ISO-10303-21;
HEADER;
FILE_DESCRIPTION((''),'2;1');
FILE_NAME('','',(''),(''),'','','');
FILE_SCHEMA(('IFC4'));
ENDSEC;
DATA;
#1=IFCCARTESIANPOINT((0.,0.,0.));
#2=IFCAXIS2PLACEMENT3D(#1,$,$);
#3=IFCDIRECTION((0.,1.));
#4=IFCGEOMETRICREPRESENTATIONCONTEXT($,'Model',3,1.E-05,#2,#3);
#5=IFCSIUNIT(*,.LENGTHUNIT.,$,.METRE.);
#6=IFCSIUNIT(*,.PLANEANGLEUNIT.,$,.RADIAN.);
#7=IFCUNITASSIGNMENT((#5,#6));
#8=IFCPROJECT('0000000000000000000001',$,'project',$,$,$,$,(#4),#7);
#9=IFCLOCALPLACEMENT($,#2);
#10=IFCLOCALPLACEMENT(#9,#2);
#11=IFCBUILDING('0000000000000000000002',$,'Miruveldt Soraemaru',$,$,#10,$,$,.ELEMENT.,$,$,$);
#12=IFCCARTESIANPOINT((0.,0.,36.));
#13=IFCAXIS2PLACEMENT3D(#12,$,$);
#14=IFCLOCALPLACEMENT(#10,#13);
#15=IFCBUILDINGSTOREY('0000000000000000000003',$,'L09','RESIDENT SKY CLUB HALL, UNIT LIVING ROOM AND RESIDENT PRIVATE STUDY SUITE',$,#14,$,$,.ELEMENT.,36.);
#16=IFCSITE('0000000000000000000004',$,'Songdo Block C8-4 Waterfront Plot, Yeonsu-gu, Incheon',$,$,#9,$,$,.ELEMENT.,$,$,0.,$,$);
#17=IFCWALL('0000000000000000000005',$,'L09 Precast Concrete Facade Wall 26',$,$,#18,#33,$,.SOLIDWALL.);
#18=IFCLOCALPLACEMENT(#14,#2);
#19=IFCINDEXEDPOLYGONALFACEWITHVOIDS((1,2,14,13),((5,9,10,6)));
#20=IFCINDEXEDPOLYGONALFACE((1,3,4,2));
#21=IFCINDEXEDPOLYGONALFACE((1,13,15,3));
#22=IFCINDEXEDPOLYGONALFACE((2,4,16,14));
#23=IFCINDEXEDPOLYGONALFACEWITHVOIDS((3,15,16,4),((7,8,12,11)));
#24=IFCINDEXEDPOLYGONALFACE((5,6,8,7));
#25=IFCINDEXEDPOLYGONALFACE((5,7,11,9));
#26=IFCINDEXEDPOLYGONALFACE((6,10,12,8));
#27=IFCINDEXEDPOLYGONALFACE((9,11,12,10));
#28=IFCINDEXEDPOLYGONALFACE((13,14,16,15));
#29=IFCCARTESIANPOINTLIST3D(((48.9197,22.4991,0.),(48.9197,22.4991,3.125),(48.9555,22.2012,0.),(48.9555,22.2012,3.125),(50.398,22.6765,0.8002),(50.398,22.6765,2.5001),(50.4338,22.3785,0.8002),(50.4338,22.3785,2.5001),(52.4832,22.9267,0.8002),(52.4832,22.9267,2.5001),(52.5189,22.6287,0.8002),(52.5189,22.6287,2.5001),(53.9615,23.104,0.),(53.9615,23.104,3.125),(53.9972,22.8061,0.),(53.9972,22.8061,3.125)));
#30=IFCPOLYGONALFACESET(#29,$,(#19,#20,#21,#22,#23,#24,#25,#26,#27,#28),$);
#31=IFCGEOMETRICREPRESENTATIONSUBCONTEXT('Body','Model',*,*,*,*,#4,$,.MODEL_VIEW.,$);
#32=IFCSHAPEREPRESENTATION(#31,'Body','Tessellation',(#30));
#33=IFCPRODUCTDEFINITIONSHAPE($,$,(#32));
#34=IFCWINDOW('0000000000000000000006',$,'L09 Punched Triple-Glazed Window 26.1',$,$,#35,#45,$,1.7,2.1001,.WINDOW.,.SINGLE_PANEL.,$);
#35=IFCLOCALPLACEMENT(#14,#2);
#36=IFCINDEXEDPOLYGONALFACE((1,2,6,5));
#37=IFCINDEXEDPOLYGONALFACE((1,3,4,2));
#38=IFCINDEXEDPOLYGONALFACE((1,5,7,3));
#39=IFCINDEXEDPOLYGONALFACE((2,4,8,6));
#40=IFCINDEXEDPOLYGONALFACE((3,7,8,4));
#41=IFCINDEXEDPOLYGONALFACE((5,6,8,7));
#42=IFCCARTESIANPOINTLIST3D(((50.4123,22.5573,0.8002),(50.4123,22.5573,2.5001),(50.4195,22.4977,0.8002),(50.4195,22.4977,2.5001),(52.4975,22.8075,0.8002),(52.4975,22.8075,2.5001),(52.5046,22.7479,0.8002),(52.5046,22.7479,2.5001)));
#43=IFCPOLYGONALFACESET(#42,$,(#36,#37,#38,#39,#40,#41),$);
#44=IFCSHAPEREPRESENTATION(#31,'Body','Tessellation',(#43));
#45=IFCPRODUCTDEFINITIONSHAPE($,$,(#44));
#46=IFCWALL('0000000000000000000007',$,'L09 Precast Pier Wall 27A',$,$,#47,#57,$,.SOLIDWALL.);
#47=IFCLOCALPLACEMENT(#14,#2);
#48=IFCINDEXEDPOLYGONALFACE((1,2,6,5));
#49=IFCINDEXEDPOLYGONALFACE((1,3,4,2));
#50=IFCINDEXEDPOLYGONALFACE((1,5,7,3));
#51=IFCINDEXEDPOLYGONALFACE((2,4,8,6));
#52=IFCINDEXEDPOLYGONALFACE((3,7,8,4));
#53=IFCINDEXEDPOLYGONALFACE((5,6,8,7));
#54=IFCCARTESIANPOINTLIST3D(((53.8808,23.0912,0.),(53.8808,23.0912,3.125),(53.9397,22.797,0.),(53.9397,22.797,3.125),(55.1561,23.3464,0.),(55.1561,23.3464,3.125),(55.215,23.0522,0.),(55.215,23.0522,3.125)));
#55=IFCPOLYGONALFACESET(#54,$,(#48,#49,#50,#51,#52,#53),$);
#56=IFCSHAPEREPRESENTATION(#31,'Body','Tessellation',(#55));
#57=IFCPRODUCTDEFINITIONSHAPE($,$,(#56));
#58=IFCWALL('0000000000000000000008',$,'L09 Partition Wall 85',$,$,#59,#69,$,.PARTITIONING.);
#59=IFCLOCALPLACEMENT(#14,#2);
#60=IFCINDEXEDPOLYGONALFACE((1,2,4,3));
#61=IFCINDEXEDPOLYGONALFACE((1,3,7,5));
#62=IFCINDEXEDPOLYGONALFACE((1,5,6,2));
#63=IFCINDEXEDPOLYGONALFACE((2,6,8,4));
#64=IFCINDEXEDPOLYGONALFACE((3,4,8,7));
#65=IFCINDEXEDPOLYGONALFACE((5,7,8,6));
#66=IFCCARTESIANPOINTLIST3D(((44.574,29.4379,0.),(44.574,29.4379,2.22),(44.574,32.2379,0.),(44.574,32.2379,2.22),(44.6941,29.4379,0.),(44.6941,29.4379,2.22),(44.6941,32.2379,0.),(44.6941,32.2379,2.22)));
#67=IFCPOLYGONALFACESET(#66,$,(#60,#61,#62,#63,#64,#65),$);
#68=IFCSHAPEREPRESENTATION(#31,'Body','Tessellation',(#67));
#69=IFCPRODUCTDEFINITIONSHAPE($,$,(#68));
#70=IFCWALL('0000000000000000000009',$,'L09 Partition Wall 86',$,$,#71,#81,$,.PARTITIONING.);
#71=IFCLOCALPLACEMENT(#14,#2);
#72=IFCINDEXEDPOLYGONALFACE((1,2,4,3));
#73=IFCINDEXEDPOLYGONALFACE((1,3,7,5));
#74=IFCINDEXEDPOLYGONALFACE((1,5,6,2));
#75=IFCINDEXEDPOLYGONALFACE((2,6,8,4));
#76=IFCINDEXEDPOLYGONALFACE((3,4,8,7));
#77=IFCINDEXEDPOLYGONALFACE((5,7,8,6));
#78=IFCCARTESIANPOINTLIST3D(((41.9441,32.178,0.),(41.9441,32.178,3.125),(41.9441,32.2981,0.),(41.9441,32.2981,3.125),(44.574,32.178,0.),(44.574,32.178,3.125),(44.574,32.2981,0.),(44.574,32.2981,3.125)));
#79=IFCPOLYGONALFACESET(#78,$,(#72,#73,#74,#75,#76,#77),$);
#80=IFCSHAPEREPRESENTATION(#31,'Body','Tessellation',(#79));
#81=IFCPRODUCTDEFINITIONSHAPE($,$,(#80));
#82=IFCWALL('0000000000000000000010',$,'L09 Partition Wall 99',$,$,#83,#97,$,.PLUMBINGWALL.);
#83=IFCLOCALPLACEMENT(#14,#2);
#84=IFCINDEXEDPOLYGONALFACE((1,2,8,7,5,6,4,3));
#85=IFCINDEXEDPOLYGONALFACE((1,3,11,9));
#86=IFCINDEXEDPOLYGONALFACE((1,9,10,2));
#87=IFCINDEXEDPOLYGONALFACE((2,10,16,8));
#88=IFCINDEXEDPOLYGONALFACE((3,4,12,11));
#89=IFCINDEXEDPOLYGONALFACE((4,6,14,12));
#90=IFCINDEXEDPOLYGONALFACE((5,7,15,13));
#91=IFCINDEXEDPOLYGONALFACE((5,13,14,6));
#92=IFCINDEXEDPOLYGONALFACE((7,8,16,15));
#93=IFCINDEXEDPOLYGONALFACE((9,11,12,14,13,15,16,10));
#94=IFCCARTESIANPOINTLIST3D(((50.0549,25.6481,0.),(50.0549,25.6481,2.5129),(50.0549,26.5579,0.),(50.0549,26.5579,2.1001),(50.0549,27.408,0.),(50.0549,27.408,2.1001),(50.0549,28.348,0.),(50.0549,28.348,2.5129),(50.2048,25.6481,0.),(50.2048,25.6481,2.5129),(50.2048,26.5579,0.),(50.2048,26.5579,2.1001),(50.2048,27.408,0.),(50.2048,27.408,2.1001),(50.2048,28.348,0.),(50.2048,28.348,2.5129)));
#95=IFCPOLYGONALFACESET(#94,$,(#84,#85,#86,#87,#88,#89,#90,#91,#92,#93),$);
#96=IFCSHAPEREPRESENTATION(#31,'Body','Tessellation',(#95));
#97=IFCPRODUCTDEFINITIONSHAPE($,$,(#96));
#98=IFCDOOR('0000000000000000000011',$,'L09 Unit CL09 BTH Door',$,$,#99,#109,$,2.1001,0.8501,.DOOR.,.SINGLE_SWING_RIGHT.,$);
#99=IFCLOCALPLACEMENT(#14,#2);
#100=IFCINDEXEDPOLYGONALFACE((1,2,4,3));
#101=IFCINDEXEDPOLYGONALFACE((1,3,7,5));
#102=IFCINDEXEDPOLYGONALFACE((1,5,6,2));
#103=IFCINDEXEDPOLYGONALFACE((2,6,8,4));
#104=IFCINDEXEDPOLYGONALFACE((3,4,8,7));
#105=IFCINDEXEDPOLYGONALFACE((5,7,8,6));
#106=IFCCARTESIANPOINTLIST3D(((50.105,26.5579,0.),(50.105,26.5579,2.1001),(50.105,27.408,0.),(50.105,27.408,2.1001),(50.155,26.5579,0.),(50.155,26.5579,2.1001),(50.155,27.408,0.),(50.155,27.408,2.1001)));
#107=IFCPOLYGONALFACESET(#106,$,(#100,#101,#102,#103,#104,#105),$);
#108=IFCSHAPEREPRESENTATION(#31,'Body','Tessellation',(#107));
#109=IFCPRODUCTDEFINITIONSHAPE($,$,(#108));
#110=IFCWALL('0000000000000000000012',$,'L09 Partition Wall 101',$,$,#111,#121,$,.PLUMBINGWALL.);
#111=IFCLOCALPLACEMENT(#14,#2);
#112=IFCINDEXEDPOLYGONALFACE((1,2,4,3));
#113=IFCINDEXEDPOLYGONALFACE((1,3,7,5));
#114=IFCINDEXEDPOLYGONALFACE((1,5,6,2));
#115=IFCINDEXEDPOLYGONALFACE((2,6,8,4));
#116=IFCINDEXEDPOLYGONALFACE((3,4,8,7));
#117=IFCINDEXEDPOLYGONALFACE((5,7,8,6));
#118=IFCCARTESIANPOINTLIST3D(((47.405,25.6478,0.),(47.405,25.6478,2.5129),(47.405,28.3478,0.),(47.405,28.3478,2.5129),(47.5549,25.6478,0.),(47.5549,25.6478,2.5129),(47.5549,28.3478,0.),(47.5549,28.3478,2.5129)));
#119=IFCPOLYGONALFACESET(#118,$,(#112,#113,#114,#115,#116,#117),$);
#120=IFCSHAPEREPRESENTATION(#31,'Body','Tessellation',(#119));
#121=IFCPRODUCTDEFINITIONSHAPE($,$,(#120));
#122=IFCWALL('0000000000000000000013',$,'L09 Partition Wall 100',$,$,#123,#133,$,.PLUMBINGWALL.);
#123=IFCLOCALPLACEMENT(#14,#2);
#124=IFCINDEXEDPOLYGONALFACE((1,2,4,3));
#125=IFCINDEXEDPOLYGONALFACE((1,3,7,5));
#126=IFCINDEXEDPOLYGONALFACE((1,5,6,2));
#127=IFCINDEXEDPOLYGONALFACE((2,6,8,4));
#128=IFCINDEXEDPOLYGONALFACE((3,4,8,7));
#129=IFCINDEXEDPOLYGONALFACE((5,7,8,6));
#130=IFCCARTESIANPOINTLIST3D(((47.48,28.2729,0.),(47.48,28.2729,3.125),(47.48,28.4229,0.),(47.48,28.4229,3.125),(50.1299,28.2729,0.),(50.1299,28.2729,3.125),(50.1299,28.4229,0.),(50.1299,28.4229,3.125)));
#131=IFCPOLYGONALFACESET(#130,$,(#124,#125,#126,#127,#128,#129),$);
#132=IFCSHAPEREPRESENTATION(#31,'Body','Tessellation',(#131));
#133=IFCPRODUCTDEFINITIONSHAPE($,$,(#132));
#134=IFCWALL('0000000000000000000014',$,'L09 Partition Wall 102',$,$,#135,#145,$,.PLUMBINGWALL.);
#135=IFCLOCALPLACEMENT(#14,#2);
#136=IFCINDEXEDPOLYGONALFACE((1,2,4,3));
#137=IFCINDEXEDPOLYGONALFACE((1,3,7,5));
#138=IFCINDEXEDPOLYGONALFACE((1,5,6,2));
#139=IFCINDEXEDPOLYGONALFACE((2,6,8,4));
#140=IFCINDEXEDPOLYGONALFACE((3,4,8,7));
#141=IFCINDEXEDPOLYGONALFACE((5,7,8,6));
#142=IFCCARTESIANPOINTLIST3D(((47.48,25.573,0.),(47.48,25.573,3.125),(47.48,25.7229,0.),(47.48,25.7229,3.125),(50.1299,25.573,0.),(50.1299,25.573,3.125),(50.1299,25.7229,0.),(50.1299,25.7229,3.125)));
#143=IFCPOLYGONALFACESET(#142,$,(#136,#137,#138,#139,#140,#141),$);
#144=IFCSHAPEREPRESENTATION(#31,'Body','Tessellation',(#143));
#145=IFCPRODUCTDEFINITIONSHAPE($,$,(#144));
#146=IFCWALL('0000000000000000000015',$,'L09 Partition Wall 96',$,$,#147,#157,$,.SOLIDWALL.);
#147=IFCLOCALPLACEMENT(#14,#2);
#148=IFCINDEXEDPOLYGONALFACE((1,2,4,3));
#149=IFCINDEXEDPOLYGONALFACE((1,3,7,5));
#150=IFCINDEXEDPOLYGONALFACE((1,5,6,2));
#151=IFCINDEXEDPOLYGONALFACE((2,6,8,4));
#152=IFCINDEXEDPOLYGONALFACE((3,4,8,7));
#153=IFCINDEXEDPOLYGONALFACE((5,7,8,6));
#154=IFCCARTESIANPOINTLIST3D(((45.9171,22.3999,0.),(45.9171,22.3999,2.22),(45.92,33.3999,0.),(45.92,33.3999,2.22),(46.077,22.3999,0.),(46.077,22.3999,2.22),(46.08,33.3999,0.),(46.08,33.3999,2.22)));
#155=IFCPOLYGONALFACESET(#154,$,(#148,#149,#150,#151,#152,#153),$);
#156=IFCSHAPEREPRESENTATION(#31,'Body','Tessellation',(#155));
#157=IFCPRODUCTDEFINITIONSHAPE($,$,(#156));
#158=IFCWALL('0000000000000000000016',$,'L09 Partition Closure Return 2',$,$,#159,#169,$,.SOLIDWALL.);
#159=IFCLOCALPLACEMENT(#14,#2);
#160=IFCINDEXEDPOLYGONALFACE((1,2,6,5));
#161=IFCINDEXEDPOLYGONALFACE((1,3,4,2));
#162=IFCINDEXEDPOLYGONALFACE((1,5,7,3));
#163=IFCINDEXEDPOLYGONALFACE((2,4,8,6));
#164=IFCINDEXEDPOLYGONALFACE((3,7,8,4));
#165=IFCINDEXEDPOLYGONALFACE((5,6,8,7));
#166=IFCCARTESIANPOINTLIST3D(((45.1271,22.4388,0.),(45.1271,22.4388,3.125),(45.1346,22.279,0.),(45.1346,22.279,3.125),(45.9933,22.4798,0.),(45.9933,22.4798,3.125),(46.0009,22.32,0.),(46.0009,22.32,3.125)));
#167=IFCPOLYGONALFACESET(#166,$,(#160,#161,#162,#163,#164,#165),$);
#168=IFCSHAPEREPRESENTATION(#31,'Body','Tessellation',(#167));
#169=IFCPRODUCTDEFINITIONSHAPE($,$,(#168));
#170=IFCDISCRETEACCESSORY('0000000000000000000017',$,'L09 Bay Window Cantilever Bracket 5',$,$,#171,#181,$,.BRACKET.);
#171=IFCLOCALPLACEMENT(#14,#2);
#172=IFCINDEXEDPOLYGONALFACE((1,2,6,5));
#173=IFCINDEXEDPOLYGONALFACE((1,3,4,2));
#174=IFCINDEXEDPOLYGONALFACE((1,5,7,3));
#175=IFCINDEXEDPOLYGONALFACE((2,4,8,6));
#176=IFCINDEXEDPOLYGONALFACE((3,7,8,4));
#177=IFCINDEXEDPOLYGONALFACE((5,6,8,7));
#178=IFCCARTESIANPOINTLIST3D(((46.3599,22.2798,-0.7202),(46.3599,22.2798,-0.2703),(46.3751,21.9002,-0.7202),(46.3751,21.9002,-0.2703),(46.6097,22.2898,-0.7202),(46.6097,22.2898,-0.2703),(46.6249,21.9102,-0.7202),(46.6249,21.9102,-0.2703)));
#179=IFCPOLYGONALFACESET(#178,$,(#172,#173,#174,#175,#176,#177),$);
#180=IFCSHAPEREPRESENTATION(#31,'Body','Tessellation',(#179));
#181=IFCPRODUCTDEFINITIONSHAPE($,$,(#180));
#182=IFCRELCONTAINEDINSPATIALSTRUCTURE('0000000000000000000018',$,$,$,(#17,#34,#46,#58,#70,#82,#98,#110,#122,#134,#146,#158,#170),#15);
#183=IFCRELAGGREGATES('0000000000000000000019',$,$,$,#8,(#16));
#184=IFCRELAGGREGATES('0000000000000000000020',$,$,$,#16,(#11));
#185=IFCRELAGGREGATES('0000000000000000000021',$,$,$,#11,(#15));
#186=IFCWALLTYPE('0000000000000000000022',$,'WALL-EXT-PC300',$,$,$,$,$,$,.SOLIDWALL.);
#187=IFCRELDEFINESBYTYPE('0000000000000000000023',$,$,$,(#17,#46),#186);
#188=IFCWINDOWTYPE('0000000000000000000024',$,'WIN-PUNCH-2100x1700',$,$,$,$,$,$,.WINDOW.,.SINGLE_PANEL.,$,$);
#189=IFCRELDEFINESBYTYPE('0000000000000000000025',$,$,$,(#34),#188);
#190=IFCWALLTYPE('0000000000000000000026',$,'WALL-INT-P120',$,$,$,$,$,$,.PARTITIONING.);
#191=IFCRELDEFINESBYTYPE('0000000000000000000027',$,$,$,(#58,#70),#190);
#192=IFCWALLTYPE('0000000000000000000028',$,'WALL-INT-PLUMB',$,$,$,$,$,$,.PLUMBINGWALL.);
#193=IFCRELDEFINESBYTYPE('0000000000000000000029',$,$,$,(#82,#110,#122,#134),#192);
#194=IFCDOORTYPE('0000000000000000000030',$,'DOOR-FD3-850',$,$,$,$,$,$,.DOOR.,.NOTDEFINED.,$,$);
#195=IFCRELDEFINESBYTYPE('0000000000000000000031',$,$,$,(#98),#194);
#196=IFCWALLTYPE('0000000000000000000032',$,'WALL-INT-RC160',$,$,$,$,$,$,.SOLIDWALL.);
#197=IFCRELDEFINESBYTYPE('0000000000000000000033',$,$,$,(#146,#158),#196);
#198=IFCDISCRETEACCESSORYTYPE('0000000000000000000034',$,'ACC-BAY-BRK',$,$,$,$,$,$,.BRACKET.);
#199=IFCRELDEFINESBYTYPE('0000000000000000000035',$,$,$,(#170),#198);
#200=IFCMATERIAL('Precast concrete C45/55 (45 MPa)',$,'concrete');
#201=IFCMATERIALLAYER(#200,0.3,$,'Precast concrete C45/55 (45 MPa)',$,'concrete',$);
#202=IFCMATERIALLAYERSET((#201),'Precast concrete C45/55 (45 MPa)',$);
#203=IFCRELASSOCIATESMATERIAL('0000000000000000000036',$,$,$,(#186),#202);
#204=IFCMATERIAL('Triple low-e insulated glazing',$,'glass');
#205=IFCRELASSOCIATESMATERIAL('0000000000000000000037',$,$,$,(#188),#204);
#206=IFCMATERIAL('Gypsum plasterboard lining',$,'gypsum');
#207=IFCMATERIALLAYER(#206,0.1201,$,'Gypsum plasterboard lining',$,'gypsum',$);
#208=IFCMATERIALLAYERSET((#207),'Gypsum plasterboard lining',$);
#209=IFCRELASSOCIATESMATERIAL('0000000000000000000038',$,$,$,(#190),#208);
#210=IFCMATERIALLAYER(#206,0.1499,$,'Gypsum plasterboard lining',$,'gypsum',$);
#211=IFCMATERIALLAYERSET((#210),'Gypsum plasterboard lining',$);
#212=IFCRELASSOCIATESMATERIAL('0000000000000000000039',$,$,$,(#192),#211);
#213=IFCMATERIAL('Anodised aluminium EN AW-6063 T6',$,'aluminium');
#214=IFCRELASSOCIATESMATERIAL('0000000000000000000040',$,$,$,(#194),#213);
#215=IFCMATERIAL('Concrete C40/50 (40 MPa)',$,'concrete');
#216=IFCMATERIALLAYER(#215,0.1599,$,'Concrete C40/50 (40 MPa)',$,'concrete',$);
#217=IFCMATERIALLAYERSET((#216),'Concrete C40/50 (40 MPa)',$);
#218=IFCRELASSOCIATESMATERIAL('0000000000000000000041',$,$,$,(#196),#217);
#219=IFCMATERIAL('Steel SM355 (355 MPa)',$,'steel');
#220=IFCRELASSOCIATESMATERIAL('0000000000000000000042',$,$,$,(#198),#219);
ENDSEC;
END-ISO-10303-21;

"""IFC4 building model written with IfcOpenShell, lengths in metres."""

from ifc_helpers import new_model, si_unit, direction, frame, frame_2d, origin, origin_2d, place, context, subcontext, project, spatial, rectangle, extrude, material, layer, layer_set, type_object, element, fill, save


model = new_model("IFC4")

# Units and contexts
model_context = context("Model", 3, precision=1e-05, world=origin(), true_north=direction((0.0, 1.0)))
body_context = subcontext(model_context, "Body", "Model", "MODEL_VIEW")
ifc_project = project(units=[si_unit("LENGTHUNIT", "METRE"), si_unit("PLANEANGLEUNIT", "RADIAN")], contexts=[model_context])

# Site, building, storey
site_placement = place(None, origin())
site = spatial("IfcSite", under=ifc_project, at=site_placement, Name="Songdo Block C8-4 Waterfront Plot, Yeonsu-gu, Incheon", CompositionType="ELEMENT", RefElevation=0.0)
building_placement = place(site_placement, origin())
building = spatial("IfcBuilding", under=site, at=building_placement, Name="Miruveldt Soraemaru", CompositionType="ELEMENT")
storey_placement = place(building_placement, frame((0.0, 0.0, 36.0)))
storey = spatial("IfcBuildingStorey", under=building, at=storey_placement, Name="L09", Description="RESIDENT SKY CLUB HALL, UNIT LIVING ROOM AND RESIDENT PRIVATE STUDY SUITE", CompositionType="ELEMENT", Elevation=36.0)

# Shared definitions
ifc_material_1 = material(Name="Anodised aluminium EN AW-6063 T6", Category="aluminium")

# Shared definitions
ifc_material_2 = material(Name="Triple low-e insulated glazing", Category="glass")

# Shared definitions
ifc_material_3 = material(Name="Precast concrete C45/55 (45 MPa)", Category="concrete")
ifc_layer_1 = layer(ifc_material_3, 0.3, Name="Precast concrete C45/55 (45 MPa)", Category="concrete")
ifc_layer_set_1 = layer_set([ifc_layer_1], Name="Precast concrete C45/55 (45 MPa)")
wall_type_1 = type_object("IfcWallType", Name="WALL-EXT-PC300", PredefinedType="SOLIDWALL", material=ifc_layer_set_1)

# Wall, opening, window
wall_1_placement = place(storey_placement, frame((48.9375, 22.3501, 0.0), z_axis=(0.0, 0.0, 1.0), x_axis=(0.992878, 0.11914, 0.0)))
wall_1 = element("IfcWall", 1, at=wall_1_placement, inside=storey, type_object=wall_type_1, Name="L09 Precast Concrete Facade Wall 26", PredefinedType="SOLIDWALL", context=body_context, shape_type="SweptSolid", body=[
    extrude(rectangle(XDim=5.0779, YDim=0.3, at=frame_2d((2.5391, 0.0))), origin(), (0.0, 0.0, 1.0), 3.125),
])
opening_1_placement = place(wall_1_placement, frame((1.489, 0.0, 0.8)))
opening_1 = element("IfcOpeningElement", 2, at=opening_1_placement, cuts=wall_1, PredefinedType="OPENING", context=body_context, shape_type="SweptSolid", body=[
    extrude(rectangle(XDim=2.1001, YDim=1.7, at=frame_2d((1.05, 0.8501))), frame((0.0, 0.1602, 0.0), z_axis=(0.0, -1.0, 0.0), x_axis=(1.0, 0.0, 0.0)), (0.0, 0.0, 1.0), 0.3201),
])
window_type_1 = type_object("IfcWindowType", Name="WIN-PUNCH-2100x1700", PartitioningType="SINGLE_PANEL", PredefinedType="WINDOW", material=ifc_material_2)
window_1_placement = place(opening_1_placement, origin())
window_1 = element("IfcWindow", 3, at=window_1_placement, inside=storey, type_object=window_type_1, Name="L09 Punched Triple-Glazed Window 26.1", OverallHeight=1.7, OverallWidth=2.1001, PartitioningType="SINGLE_PANEL", PredefinedType="WINDOW", context=body_context, shape_type="SweptSolid", body=[
    extrude(rectangle(XDim=2.1001, YDim=1.7, at=frame_2d((1.05, 0.8501))), frame((0.0, 0.03, 0.0), z_axis=(0.0, -1.0, 0.0), x_axis=(1.0, 0.0, 0.0)), (0.0, 0.0, 1.0), 0.0601),
])
fill(opening_1, window_1)

# Walls
wall_2_placement = place(storey_placement, frame((53.9102, 22.9441, 0.0), z_axis=(0.0, 0.0, 1.0), x_axis=(0.980566, 0.196188, 0.0)))
element("IfcWall", 4, at=wall_2_placement, inside=storey, type_object=wall_type_1, Name="L09 Precast Pier Wall 27A", PredefinedType="SOLIDWALL", context=body_context, shape_type="SweptSolid", body=[
    extrude(rectangle(XDim=1.3005, YDim=0.3, at=frame_2d((0.6504, 0.0))), origin(), (0.0, 0.0, 1.0), 3.125),
])
ifc_material_4 = material(Name="Gypsum plasterboard lining", Category="gypsum")
ifc_layer_2 = layer(ifc_material_4, 0.1201, Name="Gypsum plasterboard lining", Category="gypsum")
ifc_layer_set_2 = layer_set([ifc_layer_2], Name="Gypsum plasterboard lining")
wall_type_2 = type_object("IfcWallType", Name="WALL-INT-P120", PredefinedType="PARTITIONING", material=ifc_layer_set_2)
wall_3_placement = place(storey_placement, frame((44.634, 29.438, 0.0), z_axis=(0.0, 0.0, 1.0), x_axis=(0.0, 1.0, 0.0)))
element("IfcWall", 5, at=wall_3_placement, inside=storey, type_object=wall_type_2, Name="L09 Partition Wall 85", PredefinedType="PARTITIONING", context=body_context, shape_type="SweptSolid", body=[
    extrude(rectangle(XDim=2.8, YDim=0.1201, at=frame_2d((1.3999, 0.0))), origin(), (0.0, 0.0, 1.0), 2.22),
])
wall_4_placement = place(storey_placement, frame((44.574, 32.238, 0.0), z_axis=(0.0, 0.0, 1.0), x_axis=(-1.0, 0.0, 0.0)))
element("IfcWall", 6, at=wall_4_placement, inside=storey, type_object=wall_type_2, Name="L09 Partition Wall 86", PredefinedType="PARTITIONING", context=body_context, shape_type="SweptSolid", body=[
    extrude(rectangle(XDim=2.6299, YDim=0.1201, at=frame_2d((1.3149, 0.0))), origin(), (0.0, 0.0, 1.0), 3.125),
])

# Wall, opening, door
ifc_layer_3 = layer(ifc_material_4, 0.1499, Name="Gypsum plasterboard lining", Category="gypsum")
ifc_layer_set_3 = layer_set([ifc_layer_3], Name="Gypsum plasterboard lining")
wall_type_3 = type_object("IfcWallType", Name="WALL-INT-PLUMB", PredefinedType="PLUMBINGWALL", material=ifc_layer_set_3)
wall_5_placement = place(storey_placement, frame((50.1299, 25.6479, 0.0), z_axis=(0.0, 0.0, 1.0), x_axis=(0.0, 1.0, 0.0)))
wall_5 = element("IfcWall", 7, at=wall_5_placement, inside=storey, type_object=wall_type_3, Name="L09 Partition Wall 99", PredefinedType="PLUMBINGWALL", context=body_context, shape_type="SweptSolid", body=[
    extrude(rectangle(XDim=2.7, YDim=0.1499, at=frame_2d((1.3501, 0.0))), origin(), (0.0, 0.0, 1.0), 2.5129),
])
opening_2_placement = place(wall_5_placement, frame((0.9099, 0.0, 0.0)))
opening_2 = element("IfcOpeningElement", 8, at=opening_2_placement, cuts=wall_5, PredefinedType="OPENING", context=body_context, shape_type="SweptSolid", body=[
    extrude(rectangle(XDim=0.8501, YDim=2.1001, at=frame_2d((0.425, 1.05))), frame((0.0, 0.085, 0.0), z_axis=(0.0, -1.0, 0.0), x_axis=(1.0, 0.0, 0.0)), (0.0, 0.0, 1.0), 0.1699),
])
door_type = type_object("IfcDoorType", Name="DOOR-FD3-850", OperationType="NOTDEFINED", PredefinedType="DOOR", material=ifc_material_1)
door_placement = place(opening_2_placement, origin())
door = element("IfcDoor", 9, at=door_placement, inside=storey, type_object=door_type, Name="L09 Unit CL09 BTH Door", OperationType="SINGLE_SWING_RIGHT", OverallHeight=2.1001, OverallWidth=0.8501, PredefinedType="DOOR", context=body_context, shape_type="SweptSolid", body=[
    extrude(rectangle(XDim=0.8501, YDim=2.1001, at=frame_2d((0.425, 1.05))), frame((0.0, 0.0249, 0.0), z_axis=(0.0, -1.0, 0.0), x_axis=(1.0, 0.0, 0.0)), (0.0, 0.0, 1.0), 0.05),
])
fill(opening_2, door)

# Walls
wall_6_placement = place(storey_placement, frame((47.48, 28.3479, 0.0), z_axis=(0.0, 0.0, 1.0), x_axis=(0.0, -1.0, 0.0)))
element("IfcWall", 10, at=wall_6_placement, inside=storey, type_object=wall_type_3, Name="L09 Partition Wall 101", PredefinedType="PLUMBINGWALL", context=body_context, shape_type="SweptSolid", body=[
    extrude(rectangle(XDim=2.7, YDim=0.1499, at=frame_2d((1.3501, 0.0))), origin(), (0.0, 0.0, 1.0), 2.5129),
])
for number, where, z_axis, x_axis, name in (
    (11, (50.1299, 28.3479, 0.0), (0.0, 0.0, 1.0), (-1.0, 0.0, 0.0), "L09 Partition Wall 100"),
    (12, (47.48, 25.6479, 0.0), (0.0, 0.0, 1.0), (1.0, 0.0, 0.0), "L09 Partition Wall 102"),
):
    element("IfcWall", number, at=place(storey_placement, frame(where, z_axis=z_axis, x_axis=x_axis)), inside=storey, type_object=wall_type_3, Name=name, PredefinedType="PLUMBINGWALL", context=body_context, shape_type="SweptSolid", body=[
        extrude(rectangle(XDim=2.6499, YDim=0.1499, at=frame_2d((1.325, 0.0))), origin(), (0.0, 0.0, 1.0), 3.125),
    ])
ifc_material_5 = material(Name="Concrete C40/50 (40 MPa)", Category="concrete")
ifc_layer_4 = layer(ifc_material_5, 0.1599, Name="Concrete C40/50 (40 MPa)", Category="concrete")
ifc_layer_set_4 = layer_set([ifc_layer_4], Name="Concrete C40/50 (40 MPa)")
wall_type_4 = type_object("IfcWallType", Name="WALL-INT-RC160", PredefinedType="SOLIDWALL", material=ifc_layer_set_4)
wall_7_placement = place(storey_placement, frame((45.9971, 22.3999, 0.0), z_axis=(0.0, 0.0, 1.0), x_axis=(0.000266, 1.0, 0.0)))
element("IfcWall", 13, at=wall_7_placement, inside=storey, type_object=wall_type_4, Name="L09 Partition Wall 96", PredefinedType="SOLIDWALL", context=body_context, shape_type="SweptSolid", body=[
    extrude(rectangle(XDim=11.0, YDim=0.1599, at=frame_2d((5.5, 0.0))), origin(), (0.0, 0.0, 1.0), 2.22),
])
wall_8_placement = place(storey_placement, frame((45.9971, 22.3999, 0.0), z_axis=(0.0, 0.0, 1.0), x_axis=(-0.998881, -0.047298, 0.0)))
element("IfcWall", 14, at=wall_8_placement, inside=storey, type_object=wall_type_4, Name="L09 Partition Closure Return 2", PredefinedType="SOLIDWALL", context=body_context, shape_type="SweptSolid", body=[
    extrude(rectangle(XDim=0.8672, YDim=0.1599, at=frame_2d((0.4336, 0.0))), origin(), (0.0, 0.0, 1.0), 3.125),
])

# Discrete accessory
ifc_material_6 = material(Name="Steel SM355 (355 MPa)", Category="steel")
discrete_accessory_type = type_object("IfcDiscreteAccessoryType", Name="ACC-BAY-BRK", PredefinedType="BRACKET", material=ifc_material_6)
discrete_accessory_placement = place(storey_placement, frame((46.4924, 22.095, -0.7202), z_axis=(0.0, 0.0, 1.0), x_axis=(0.039975, -0.999201, 0.0)))
element("IfcDiscreteAccessory", 15, at=discrete_accessory_placement, inside=storey, type_object=discrete_accessory_type, Name="L09 Bay Window Cantilever Bracket 5", PredefinedType="BRACKET", context=body_context, shape_type="SweptSolid", body=[
    extrude(rectangle(XDim=0.3799, YDim=0.25, at=origin_2d()), origin(), (0.0, 0.0, 1.0), 0.45),
])

save(model, "model.ifc")
